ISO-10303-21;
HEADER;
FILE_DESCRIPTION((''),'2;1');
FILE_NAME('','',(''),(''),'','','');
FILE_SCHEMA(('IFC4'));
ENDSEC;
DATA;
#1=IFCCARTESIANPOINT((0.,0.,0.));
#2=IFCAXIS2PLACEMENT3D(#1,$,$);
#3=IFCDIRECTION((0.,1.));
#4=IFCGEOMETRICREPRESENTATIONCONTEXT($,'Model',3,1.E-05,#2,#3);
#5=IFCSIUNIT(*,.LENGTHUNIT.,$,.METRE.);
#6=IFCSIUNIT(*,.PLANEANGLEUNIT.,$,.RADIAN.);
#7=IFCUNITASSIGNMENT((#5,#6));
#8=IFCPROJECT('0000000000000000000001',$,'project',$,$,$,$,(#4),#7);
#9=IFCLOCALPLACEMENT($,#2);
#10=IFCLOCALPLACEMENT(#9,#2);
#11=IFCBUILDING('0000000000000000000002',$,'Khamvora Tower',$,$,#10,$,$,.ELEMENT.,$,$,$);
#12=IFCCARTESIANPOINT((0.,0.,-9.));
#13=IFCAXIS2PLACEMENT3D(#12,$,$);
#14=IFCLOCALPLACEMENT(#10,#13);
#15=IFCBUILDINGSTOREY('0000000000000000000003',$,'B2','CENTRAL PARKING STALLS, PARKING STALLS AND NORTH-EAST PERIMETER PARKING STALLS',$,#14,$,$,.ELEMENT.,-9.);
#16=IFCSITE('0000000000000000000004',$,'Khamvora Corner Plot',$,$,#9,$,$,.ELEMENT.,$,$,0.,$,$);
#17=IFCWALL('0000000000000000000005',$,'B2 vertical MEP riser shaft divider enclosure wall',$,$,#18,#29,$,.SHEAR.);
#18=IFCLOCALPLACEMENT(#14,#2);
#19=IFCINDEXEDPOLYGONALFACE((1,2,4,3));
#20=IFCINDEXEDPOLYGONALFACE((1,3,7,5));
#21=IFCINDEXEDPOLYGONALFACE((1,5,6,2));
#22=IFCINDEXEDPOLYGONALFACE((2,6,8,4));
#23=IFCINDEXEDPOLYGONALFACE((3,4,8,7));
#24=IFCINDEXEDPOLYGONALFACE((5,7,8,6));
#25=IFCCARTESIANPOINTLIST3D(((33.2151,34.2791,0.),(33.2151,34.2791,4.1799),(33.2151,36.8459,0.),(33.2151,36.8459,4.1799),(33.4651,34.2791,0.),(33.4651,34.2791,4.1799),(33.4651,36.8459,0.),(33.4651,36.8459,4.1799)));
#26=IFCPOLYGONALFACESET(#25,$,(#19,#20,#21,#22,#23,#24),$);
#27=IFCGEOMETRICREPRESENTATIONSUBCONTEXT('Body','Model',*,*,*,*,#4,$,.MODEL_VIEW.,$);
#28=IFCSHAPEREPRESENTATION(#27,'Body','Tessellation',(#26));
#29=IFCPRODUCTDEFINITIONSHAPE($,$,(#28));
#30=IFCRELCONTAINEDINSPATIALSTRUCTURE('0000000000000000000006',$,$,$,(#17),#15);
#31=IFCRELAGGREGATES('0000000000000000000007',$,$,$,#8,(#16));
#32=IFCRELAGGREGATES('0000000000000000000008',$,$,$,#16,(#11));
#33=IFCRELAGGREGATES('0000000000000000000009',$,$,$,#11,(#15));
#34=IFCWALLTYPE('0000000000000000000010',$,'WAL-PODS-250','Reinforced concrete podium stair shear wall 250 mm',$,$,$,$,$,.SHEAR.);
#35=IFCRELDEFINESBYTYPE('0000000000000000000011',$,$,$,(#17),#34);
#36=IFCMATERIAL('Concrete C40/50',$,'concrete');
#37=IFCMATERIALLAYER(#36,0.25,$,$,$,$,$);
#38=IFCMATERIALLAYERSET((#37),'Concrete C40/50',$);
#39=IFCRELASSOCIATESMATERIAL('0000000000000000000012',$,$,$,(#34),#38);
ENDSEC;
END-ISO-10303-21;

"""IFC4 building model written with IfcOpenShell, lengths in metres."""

from ifc_helpers import new_model, si_unit, direction, frame, frame_2d, origin, place, context, subcontext, project, spatial, rectangle, extrude, material, layer, layer_set, type_object, element, save


model = new_model("IFC4")

# Units and contexts
model_context = context("Model", 3, precision=1e-05, world=origin(), true_north=direction((0.0, 1.0)))
body_context = subcontext(model_context, "Body", "Model", "MODEL_VIEW")
ifc_project = project(units=[si_unit("LENGTHUNIT", "METRE"), si_unit("PLANEANGLEUNIT", "RADIAN")], contexts=[model_context])

# Site, building, storey
site_placement = place(None, origin())
site = spatial("IfcSite", under=ifc_project, at=site_placement, Name="Khamvora Corner Plot", CompositionType="ELEMENT", RefElevation=0.0)
building_placement = place(site_placement, origin())
building = spatial("IfcBuilding", under=site, at=building_placement, Name="Khamvora Tower", CompositionType="ELEMENT")
storey_placement = place(building_placement, frame((0.0, 0.0, -9.0)))
storey = spatial("IfcBuildingStorey", under=building, at=storey_placement, Name="B2", Description="CENTRAL PARKING STALLS, PARKING STALLS AND NORTH-EAST PERIMETER PARKING STALLS", CompositionType="ELEMENT", Elevation=-9.0)

# Shared definitions
ifc_material_1 = material(Name="Concrete C40/50", Category="concrete")

# Wall
ifc_layer_1 = layer(ifc_material_1, 0.25)
ifc_layer_set_1 = layer_set([ifc_layer_1], Name="Concrete C40/50")
wall_type = type_object("IfcWallType", Name="WAL-PODS-250", Description="Reinforced concrete podium stair shear wall 250 mm", PredefinedType="SHEAR", material=ifc_layer_set_1)
wall_1_placement = place(storey_placement, frame((33.3401, 34.2791, 0.0), z_axis=(0.0, 0.0, 1.0), x_axis=(0.0, 1.0, 0.0)))
element("IfcWall", 1, at=wall_1_placement, inside=storey, type_object=wall_type, Name="B2 vertical MEP riser shaft divider enclosure wall", PredefinedType="SHEAR", context=body_context, shape_type="SweptSolid", body=[
    extrude(rectangle(XDim=2.5669, YDim=0.25, at=frame_2d((1.2834, 0.0))), origin(), (0.0, 0.0, 1.0), 4.1799),
])

save(model, "model.ifc")
